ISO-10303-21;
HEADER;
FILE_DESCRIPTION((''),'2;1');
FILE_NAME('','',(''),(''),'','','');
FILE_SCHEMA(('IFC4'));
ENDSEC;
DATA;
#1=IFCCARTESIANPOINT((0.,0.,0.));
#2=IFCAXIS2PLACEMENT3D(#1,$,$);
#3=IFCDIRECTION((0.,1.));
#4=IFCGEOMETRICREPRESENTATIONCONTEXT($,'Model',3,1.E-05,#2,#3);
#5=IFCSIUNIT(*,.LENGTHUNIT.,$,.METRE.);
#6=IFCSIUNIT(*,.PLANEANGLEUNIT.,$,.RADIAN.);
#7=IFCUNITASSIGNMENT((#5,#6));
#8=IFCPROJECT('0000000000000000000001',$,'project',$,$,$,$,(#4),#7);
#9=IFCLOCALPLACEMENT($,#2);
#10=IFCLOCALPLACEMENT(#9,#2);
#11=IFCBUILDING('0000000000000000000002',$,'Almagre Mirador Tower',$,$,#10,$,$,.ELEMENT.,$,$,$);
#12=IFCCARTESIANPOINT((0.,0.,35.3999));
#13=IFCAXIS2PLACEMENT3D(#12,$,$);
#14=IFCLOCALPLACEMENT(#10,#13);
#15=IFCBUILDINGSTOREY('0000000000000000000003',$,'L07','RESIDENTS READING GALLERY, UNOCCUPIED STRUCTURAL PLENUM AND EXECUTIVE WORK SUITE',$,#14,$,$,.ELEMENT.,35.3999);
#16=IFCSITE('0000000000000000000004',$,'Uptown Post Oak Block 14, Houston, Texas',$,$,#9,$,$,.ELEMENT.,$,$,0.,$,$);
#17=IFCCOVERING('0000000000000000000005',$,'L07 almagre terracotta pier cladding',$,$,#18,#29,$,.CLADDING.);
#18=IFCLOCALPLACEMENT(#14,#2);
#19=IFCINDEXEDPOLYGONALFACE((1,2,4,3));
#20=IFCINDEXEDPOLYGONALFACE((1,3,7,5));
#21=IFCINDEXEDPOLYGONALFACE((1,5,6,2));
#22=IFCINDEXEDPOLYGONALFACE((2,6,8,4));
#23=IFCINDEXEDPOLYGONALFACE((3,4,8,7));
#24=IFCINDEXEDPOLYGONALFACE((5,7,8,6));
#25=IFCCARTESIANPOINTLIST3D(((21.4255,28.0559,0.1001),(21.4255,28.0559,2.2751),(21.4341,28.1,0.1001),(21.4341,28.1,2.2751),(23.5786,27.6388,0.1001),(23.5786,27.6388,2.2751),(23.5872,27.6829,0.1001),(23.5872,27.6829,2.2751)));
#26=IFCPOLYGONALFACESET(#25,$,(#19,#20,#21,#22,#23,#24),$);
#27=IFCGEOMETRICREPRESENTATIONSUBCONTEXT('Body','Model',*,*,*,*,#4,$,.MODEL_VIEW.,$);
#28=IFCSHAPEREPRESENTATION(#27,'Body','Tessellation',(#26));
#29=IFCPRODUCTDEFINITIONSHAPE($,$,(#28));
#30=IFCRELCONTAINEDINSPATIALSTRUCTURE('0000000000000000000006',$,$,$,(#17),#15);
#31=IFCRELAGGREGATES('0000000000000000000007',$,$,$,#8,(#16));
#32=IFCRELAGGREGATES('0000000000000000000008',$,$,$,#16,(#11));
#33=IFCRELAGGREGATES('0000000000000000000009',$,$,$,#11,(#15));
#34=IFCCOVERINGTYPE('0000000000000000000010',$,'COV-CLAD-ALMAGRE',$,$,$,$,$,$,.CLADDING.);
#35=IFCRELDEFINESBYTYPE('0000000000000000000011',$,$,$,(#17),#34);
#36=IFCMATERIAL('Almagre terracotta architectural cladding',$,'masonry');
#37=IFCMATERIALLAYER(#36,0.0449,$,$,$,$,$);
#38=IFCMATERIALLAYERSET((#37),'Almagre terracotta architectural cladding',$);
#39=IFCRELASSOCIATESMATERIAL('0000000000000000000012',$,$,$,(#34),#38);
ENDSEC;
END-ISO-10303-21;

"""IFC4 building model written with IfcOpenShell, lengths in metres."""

from ifc_helpers import new_model, si_unit, direction, frame, origin, origin_2d, place, context, subcontext, project, spatial, rectangle, extrude, material, layer, layer_set, type_object, element, save


model = new_model("IFC4")

# Units and contexts
model_context = context("Model", 3, precision=1e-05, world=origin(), true_north=direction((0.0, 1.0)))
body_context = subcontext(model_context, "Body", "Model", "MODEL_VIEW")
ifc_project = project(units=[si_unit("LENGTHUNIT", "METRE"), si_unit("PLANEANGLEUNIT", "RADIAN")], contexts=[model_context])

# Site, building, storey
site_placement = place(None, origin())
site = spatial("IfcSite", under=ifc_project, at=site_placement, Name="Uptown Post Oak Block 14, Houston, Texas", CompositionType="ELEMENT", RefElevation=0.0)
building_placement = place(site_placement, origin())
building = spatial("IfcBuilding", under=site, at=building_placement, Name="Almagre Mirador Tower", CompositionType="ELEMENT")
storey_placement = place(building_placement, frame((0.0, 0.0, 35.3999)))
storey = spatial("IfcBuildingStorey", under=building, at=storey_placement, Name="L07", Description="RESIDENTS READING GALLERY, UNOCCUPIED STRUCTURAL PLENUM AND EXECUTIVE WORK SUITE", CompositionType="ELEMENT", Elevation=35.3999)

# Covering
ifc_material_1 = material(Name="Almagre terracotta architectural cladding", Category="masonry")
ifc_layer_1 = layer(ifc_material_1, 0.0449)
ifc_layer_set_1 = layer_set([ifc_layer_1], Name="Almagre terracotta architectural cladding")
covering_type = type_object("IfcCoveringType", Name="COV-CLAD-ALMAGRE", PredefinedType="CLADDING", material=ifc_layer_set_1)
covering_placement = place(storey_placement, frame((22.5063, 27.8694, 0.1001), z_axis=(0.0, 0.0, 1.0), x_axis=(0.981747, -0.190192, 0.0)))
element("IfcCovering", 1, at=covering_placement, inside=storey, type_object=covering_type, Name="L07 almagre terracotta pier cladding", PredefinedType="CLADDING", context=body_context, shape_type="SweptSolid", body=[
    extrude(rectangle(XDim=2.1931, YDim=0.0449, at=origin_2d()), origin(), (0.0, 0.0, 1.0), 2.175),
])

save(model, "model.ifc")
